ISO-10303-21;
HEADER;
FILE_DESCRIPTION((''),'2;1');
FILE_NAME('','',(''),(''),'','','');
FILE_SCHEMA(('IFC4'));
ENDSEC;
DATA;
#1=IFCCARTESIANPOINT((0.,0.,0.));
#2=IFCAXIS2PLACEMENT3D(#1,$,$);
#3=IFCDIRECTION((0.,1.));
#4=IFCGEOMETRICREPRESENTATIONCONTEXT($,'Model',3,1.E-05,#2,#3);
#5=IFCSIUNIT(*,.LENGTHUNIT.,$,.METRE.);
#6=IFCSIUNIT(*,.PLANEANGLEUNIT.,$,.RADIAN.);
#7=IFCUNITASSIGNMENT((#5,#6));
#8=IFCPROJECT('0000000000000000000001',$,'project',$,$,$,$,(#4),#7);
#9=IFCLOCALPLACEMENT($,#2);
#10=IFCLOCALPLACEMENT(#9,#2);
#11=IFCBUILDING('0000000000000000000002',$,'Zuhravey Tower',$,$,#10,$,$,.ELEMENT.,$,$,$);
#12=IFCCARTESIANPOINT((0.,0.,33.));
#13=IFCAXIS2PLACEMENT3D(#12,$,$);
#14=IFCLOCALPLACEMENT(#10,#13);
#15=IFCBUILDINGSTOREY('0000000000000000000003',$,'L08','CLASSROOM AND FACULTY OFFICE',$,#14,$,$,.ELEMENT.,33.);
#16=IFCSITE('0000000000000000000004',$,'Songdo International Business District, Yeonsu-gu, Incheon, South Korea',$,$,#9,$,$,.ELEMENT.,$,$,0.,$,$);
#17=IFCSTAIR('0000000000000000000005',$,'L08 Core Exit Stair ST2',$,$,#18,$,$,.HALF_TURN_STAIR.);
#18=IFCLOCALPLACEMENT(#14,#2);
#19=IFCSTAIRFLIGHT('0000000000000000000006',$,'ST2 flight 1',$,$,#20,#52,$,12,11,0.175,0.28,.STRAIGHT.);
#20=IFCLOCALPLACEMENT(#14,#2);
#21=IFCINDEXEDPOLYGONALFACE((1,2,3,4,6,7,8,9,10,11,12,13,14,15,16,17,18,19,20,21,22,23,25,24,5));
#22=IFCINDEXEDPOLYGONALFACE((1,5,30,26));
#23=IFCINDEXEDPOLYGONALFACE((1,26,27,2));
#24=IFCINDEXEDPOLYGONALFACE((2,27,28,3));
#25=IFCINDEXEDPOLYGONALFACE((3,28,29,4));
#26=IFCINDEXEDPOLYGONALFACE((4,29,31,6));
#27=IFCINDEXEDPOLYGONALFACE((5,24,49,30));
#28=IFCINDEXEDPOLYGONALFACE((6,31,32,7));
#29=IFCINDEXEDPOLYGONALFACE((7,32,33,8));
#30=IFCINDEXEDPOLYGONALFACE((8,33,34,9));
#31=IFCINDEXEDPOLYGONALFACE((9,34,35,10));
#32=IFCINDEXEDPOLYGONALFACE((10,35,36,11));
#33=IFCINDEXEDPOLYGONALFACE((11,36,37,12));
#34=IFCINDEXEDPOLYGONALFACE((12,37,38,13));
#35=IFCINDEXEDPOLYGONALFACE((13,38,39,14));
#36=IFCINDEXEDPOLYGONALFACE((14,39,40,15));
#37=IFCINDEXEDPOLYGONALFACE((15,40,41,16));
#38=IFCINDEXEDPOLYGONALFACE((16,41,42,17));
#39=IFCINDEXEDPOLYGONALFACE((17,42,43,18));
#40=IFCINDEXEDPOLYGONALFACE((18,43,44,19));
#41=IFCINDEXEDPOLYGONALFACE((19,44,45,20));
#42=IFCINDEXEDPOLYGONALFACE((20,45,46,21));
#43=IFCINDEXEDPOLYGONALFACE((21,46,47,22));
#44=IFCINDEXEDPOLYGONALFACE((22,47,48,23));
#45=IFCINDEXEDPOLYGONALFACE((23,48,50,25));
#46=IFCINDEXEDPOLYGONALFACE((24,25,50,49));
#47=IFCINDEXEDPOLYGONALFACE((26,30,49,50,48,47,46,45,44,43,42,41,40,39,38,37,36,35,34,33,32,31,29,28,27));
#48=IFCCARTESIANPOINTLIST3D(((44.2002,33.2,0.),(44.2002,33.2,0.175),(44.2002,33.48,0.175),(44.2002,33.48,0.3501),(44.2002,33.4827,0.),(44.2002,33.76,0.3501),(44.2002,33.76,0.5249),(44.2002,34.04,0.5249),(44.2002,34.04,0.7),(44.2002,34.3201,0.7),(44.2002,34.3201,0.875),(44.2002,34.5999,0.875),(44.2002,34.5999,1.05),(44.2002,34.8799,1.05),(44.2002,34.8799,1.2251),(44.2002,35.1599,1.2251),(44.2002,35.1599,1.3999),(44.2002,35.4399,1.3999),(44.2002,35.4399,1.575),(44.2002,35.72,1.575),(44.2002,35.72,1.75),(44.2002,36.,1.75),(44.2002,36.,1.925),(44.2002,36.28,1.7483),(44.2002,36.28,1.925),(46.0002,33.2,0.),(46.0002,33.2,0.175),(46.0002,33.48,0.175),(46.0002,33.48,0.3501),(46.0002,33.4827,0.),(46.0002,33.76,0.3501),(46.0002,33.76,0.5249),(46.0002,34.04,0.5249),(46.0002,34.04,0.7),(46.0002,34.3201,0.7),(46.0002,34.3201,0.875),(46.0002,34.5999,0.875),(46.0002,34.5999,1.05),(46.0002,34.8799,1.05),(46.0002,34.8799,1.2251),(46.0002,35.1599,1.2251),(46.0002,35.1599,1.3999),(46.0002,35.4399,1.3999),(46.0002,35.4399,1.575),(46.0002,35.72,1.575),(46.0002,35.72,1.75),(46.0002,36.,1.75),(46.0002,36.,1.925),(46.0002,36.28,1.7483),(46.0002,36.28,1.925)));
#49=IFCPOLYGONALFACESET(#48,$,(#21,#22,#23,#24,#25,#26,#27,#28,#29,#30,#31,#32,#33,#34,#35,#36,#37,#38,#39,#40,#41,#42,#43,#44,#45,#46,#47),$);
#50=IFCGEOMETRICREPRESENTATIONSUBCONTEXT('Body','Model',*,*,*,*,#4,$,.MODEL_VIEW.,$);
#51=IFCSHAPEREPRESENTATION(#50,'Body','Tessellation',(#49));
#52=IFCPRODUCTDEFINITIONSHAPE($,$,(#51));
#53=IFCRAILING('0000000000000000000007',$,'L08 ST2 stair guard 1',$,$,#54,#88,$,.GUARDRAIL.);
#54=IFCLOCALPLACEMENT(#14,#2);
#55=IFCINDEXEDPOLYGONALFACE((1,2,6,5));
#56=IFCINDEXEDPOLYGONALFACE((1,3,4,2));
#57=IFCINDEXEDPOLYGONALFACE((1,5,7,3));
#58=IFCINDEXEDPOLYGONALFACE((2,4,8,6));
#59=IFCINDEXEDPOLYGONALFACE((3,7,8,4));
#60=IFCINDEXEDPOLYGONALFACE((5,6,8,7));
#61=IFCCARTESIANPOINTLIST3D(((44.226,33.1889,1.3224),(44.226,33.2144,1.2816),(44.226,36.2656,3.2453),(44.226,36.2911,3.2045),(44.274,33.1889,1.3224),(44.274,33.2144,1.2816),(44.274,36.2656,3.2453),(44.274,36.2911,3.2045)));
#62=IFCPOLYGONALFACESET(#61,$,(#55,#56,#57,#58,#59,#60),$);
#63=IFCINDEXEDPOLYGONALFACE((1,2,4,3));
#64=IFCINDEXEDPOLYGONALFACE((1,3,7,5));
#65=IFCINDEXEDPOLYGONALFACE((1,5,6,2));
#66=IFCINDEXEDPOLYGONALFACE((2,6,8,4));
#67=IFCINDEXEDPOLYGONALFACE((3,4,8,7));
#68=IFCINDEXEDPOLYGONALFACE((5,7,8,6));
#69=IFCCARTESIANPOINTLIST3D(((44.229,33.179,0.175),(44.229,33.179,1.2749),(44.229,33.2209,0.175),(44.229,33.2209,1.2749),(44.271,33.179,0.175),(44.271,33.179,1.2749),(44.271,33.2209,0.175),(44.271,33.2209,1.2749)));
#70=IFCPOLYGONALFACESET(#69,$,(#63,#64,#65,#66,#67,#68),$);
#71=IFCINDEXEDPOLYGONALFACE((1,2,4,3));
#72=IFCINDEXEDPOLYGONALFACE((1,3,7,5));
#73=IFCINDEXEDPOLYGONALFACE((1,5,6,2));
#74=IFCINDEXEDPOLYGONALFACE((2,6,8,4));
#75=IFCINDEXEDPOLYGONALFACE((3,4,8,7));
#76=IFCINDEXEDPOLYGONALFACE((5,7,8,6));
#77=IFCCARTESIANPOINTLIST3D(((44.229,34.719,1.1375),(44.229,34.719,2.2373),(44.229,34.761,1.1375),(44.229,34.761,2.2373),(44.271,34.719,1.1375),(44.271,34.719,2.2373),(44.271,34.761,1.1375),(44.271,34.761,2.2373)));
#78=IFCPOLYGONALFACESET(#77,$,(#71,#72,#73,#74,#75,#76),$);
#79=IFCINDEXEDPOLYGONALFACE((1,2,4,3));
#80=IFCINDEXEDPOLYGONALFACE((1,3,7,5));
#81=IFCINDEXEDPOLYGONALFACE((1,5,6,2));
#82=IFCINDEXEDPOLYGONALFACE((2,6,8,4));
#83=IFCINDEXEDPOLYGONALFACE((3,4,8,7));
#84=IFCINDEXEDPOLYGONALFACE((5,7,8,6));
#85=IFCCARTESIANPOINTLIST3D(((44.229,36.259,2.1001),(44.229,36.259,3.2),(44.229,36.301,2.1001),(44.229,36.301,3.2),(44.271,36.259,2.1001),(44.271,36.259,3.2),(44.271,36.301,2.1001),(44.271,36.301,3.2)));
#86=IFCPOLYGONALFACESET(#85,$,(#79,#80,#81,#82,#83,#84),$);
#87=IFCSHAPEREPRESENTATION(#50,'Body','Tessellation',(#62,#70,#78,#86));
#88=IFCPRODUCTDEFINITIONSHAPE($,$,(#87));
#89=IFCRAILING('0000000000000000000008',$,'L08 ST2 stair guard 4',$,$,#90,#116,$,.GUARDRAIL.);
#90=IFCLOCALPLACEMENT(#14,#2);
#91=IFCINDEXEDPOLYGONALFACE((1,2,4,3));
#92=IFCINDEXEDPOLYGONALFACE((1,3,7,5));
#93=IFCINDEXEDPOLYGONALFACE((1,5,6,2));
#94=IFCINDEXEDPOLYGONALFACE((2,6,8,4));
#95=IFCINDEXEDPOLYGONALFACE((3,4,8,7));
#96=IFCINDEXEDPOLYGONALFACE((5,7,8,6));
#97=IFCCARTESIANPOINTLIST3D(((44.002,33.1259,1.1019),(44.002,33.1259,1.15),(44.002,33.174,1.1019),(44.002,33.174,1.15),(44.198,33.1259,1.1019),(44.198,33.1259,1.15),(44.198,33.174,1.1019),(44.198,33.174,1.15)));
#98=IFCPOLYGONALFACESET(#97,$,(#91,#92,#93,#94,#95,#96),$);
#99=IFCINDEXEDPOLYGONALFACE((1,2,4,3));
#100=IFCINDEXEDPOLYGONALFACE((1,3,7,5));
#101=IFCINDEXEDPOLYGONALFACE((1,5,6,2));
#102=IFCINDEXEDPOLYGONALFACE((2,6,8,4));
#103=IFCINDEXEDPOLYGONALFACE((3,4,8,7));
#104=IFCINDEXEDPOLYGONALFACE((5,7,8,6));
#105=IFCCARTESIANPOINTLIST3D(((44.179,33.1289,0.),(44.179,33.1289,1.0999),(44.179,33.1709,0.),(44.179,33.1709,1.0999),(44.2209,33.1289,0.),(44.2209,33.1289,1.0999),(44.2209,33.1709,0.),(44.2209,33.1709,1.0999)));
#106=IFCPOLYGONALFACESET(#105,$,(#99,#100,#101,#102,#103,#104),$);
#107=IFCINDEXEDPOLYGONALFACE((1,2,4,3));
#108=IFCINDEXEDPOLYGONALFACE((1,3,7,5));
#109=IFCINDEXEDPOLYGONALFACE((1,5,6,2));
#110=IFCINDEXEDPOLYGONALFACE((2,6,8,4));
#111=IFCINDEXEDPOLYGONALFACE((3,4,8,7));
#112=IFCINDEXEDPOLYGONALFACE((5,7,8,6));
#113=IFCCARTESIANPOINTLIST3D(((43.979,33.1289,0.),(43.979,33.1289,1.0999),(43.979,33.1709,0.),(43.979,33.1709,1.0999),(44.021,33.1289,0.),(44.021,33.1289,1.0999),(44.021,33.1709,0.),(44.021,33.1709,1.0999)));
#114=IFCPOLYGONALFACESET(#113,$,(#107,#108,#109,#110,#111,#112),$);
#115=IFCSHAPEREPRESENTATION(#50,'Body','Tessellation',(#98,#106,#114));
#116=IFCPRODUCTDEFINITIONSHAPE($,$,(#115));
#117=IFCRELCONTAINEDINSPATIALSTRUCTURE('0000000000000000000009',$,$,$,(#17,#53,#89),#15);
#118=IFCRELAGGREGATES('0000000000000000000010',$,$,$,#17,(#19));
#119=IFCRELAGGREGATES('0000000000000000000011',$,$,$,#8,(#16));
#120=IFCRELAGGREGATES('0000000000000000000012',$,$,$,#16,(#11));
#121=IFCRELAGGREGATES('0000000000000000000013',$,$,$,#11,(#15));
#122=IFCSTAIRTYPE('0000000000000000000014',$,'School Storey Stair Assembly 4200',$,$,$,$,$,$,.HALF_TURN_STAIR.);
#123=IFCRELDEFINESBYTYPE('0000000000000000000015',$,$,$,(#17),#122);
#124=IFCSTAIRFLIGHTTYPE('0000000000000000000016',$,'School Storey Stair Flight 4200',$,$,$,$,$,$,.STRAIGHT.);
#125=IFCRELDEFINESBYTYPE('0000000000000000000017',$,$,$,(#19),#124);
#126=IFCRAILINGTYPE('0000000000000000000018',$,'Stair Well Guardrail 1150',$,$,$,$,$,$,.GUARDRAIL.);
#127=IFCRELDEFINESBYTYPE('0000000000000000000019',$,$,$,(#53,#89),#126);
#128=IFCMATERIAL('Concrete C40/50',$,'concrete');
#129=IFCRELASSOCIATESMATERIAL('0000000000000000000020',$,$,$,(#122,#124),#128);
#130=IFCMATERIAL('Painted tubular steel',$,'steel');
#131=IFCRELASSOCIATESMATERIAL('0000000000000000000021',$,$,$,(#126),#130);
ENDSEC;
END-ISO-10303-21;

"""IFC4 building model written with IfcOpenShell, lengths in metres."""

from ifc_helpers import new_model, si_unit, direction, frame, origin, origin_2d, place, context, subcontext, project, spatial, polyline, rectangle, outline, extrude, material, type_object, element, aggregate, save


model = new_model("IFC4")

# Units and contexts
model_context = context("Model", 3, precision=1e-05, world=origin(), true_north=direction((0.0, 1.0)))
body_context = subcontext(model_context, "Body", "Model", "MODEL_VIEW")
ifc_project = project(units=[si_unit("LENGTHUNIT", "METRE"), si_unit("PLANEANGLEUNIT", "RADIAN")], contexts=[model_context])

# Site, building, storey
site_placement = place(None, origin())
site = spatial("IfcSite", under=ifc_project, at=site_placement, Name="Songdo International Business District, Yeonsu-gu, Incheon, South Korea", CompositionType="ELEMENT", RefElevation=0.0)
building_placement = place(site_placement, origin())
building = spatial("IfcBuilding", under=site, at=building_placement, Name="Zuhravey Tower", CompositionType="ELEMENT")
storey_placement = place(building_placement, frame((0.0, 0.0, 33.0)))
storey = spatial("IfcBuildingStorey", under=building, at=storey_placement, Name="L08", Description="CLASSROOM AND FACULTY OFFICE", CompositionType="ELEMENT", Elevation=33.0)

# Stair, stair flight
ifc_material_1 = material(Name="Concrete C40/50", Category="concrete")
stair_type = type_object("IfcStairType", Name="School Storey Stair Assembly 4200", PredefinedType="HALF_TURN_STAIR", material=ifc_material_1)
stair_placement = place(storey_placement, origin())
stair = element("IfcStair", 1, at=stair_placement, inside=storey, type_object=stair_type, Name="L08 Core Exit Stair ST2", PredefinedType="HALF_TURN_STAIR")
stair_flight_type = type_object("IfcStairFlightType", Name="School Storey Stair Flight 4200", PredefinedType="STRAIGHT", material=ifc_material_1)
stair_flight_placement = place(storey_placement, frame((45.1001, 33.2, 0.0), z_axis=(0.0, 0.0, 1.0), x_axis=(0.0, 1.0, 0.0)))
stair_flight = element("IfcStairFlight", 2, at=stair_flight_placement, type_object=stair_flight_type, Name="ST2 flight 1", NumberOfRisers=12, NumberOfTreads=11, PredefinedType="STRAIGHT", RiserHeight=0.175, TreadLength=0.28, context=body_context, shape_type="SweptSolid", body=[
    extrude(outline(polyline([(0.0, 0.0), (0.0, 0.175), (0.28, 0.175), (0.28, 0.3501), (0.5601, 0.3501), (0.5601, 0.5249), (0.8401, 0.5249), (0.8401, 0.7), (1.1201, 0.7), (1.1201, 0.875), (1.3999, 0.875), (1.3999, 1.05), (1.6799, 1.05), (1.6799, 1.2251), (1.96, 1.2251), (1.96, 1.3999), (2.24, 1.3999), (2.24, 1.575), (2.52, 1.575), (2.52, 1.75), (2.8, 1.75), (2.8, 1.925), (3.0801, 1.925), (3.0801, 2.1001), (3.0801, 1.7483), (0.2827, 0.0), (0.0, 0.0)])), frame((0.0, 0.8999, 0.0), z_axis=(0.0, -1.0, 0.0), x_axis=(1.0, 0.0, 0.0)), (0.0, 0.0, 1.0), 1.8),
])
aggregate(stair, [stair_flight])

# Railings
ifc_material_2 = material(Name="Painted tubular steel", Category="steel")
railing_type = type_object("IfcRailingType", Name="Stair Well Guardrail 1150", PredefinedType="GUARDRAIL", material=ifc_material_2)
railing_1_placement = place(storey_placement, frame((44.25, 33.2, 0.175)))
element("IfcRailing", 3, at=railing_1_placement, inside=storey, type_object=railing_type, Name="L08 ST2 stair guard 1", PredefinedType="GUARDRAIL", context=body_context, shape_type="SweptSolid", body=[
    extrude(rectangle(XDim=0.0481, YDim=0.0481, at=origin_2d()), frame((0.0, 0.0017, 1.127), z_axis=(0.0, 0.847998, 0.529999), x_axis=(-1.0, 0.0, 0.0)), (0.0, 0.0, 1.0), 3.6282),
    extrude(rectangle(XDim=0.042, YDim=0.042, at=origin_2d()), origin(), (0.0, 0.0, 1.0), 1.0999),
    extrude(rectangle(XDim=0.042, YDim=0.042, at=origin_2d()), frame((0.0, 1.54, 0.9624)), (0.0, 0.0, 1.0), 1.0999),
    extrude(rectangle(XDim=0.042, YDim=0.042, at=origin_2d()), frame((0.0, 3.0801, 1.925)), (0.0, 0.0, 1.0), 1.0999),
])
railing_2_placement = place(storey_placement, frame((44.2, 33.1499, 0.0)))
element("IfcRailing", 4, at=railing_2_placement, inside=storey, type_object=railing_type, Name="L08 ST2 stair guard 4", PredefinedType="GUARDRAIL", context=body_context, shape_type="SweptSolid", body=[
    extrude(rectangle(XDim=0.0481, YDim=0.0481, at=origin_2d()), frame((-0.002, 0.0, 1.126), z_axis=(-1.0, 0.0, 0.0), x_axis=(0.0, -1.0, 0.0)), (0.0, 0.0, 1.0), 0.196),
    extrude(rectangle(XDim=0.042, YDim=0.042, at=origin_2d()), origin(), (0.0, 0.0, 1.0), 1.0999),
    extrude(rectangle(XDim=0.042, YDim=0.042, at=origin_2d()), frame((-0.2, 0.0, 0.0)), (0.0, 0.0, 1.0), 1.0999),
])

save(model, "model.ifc")
